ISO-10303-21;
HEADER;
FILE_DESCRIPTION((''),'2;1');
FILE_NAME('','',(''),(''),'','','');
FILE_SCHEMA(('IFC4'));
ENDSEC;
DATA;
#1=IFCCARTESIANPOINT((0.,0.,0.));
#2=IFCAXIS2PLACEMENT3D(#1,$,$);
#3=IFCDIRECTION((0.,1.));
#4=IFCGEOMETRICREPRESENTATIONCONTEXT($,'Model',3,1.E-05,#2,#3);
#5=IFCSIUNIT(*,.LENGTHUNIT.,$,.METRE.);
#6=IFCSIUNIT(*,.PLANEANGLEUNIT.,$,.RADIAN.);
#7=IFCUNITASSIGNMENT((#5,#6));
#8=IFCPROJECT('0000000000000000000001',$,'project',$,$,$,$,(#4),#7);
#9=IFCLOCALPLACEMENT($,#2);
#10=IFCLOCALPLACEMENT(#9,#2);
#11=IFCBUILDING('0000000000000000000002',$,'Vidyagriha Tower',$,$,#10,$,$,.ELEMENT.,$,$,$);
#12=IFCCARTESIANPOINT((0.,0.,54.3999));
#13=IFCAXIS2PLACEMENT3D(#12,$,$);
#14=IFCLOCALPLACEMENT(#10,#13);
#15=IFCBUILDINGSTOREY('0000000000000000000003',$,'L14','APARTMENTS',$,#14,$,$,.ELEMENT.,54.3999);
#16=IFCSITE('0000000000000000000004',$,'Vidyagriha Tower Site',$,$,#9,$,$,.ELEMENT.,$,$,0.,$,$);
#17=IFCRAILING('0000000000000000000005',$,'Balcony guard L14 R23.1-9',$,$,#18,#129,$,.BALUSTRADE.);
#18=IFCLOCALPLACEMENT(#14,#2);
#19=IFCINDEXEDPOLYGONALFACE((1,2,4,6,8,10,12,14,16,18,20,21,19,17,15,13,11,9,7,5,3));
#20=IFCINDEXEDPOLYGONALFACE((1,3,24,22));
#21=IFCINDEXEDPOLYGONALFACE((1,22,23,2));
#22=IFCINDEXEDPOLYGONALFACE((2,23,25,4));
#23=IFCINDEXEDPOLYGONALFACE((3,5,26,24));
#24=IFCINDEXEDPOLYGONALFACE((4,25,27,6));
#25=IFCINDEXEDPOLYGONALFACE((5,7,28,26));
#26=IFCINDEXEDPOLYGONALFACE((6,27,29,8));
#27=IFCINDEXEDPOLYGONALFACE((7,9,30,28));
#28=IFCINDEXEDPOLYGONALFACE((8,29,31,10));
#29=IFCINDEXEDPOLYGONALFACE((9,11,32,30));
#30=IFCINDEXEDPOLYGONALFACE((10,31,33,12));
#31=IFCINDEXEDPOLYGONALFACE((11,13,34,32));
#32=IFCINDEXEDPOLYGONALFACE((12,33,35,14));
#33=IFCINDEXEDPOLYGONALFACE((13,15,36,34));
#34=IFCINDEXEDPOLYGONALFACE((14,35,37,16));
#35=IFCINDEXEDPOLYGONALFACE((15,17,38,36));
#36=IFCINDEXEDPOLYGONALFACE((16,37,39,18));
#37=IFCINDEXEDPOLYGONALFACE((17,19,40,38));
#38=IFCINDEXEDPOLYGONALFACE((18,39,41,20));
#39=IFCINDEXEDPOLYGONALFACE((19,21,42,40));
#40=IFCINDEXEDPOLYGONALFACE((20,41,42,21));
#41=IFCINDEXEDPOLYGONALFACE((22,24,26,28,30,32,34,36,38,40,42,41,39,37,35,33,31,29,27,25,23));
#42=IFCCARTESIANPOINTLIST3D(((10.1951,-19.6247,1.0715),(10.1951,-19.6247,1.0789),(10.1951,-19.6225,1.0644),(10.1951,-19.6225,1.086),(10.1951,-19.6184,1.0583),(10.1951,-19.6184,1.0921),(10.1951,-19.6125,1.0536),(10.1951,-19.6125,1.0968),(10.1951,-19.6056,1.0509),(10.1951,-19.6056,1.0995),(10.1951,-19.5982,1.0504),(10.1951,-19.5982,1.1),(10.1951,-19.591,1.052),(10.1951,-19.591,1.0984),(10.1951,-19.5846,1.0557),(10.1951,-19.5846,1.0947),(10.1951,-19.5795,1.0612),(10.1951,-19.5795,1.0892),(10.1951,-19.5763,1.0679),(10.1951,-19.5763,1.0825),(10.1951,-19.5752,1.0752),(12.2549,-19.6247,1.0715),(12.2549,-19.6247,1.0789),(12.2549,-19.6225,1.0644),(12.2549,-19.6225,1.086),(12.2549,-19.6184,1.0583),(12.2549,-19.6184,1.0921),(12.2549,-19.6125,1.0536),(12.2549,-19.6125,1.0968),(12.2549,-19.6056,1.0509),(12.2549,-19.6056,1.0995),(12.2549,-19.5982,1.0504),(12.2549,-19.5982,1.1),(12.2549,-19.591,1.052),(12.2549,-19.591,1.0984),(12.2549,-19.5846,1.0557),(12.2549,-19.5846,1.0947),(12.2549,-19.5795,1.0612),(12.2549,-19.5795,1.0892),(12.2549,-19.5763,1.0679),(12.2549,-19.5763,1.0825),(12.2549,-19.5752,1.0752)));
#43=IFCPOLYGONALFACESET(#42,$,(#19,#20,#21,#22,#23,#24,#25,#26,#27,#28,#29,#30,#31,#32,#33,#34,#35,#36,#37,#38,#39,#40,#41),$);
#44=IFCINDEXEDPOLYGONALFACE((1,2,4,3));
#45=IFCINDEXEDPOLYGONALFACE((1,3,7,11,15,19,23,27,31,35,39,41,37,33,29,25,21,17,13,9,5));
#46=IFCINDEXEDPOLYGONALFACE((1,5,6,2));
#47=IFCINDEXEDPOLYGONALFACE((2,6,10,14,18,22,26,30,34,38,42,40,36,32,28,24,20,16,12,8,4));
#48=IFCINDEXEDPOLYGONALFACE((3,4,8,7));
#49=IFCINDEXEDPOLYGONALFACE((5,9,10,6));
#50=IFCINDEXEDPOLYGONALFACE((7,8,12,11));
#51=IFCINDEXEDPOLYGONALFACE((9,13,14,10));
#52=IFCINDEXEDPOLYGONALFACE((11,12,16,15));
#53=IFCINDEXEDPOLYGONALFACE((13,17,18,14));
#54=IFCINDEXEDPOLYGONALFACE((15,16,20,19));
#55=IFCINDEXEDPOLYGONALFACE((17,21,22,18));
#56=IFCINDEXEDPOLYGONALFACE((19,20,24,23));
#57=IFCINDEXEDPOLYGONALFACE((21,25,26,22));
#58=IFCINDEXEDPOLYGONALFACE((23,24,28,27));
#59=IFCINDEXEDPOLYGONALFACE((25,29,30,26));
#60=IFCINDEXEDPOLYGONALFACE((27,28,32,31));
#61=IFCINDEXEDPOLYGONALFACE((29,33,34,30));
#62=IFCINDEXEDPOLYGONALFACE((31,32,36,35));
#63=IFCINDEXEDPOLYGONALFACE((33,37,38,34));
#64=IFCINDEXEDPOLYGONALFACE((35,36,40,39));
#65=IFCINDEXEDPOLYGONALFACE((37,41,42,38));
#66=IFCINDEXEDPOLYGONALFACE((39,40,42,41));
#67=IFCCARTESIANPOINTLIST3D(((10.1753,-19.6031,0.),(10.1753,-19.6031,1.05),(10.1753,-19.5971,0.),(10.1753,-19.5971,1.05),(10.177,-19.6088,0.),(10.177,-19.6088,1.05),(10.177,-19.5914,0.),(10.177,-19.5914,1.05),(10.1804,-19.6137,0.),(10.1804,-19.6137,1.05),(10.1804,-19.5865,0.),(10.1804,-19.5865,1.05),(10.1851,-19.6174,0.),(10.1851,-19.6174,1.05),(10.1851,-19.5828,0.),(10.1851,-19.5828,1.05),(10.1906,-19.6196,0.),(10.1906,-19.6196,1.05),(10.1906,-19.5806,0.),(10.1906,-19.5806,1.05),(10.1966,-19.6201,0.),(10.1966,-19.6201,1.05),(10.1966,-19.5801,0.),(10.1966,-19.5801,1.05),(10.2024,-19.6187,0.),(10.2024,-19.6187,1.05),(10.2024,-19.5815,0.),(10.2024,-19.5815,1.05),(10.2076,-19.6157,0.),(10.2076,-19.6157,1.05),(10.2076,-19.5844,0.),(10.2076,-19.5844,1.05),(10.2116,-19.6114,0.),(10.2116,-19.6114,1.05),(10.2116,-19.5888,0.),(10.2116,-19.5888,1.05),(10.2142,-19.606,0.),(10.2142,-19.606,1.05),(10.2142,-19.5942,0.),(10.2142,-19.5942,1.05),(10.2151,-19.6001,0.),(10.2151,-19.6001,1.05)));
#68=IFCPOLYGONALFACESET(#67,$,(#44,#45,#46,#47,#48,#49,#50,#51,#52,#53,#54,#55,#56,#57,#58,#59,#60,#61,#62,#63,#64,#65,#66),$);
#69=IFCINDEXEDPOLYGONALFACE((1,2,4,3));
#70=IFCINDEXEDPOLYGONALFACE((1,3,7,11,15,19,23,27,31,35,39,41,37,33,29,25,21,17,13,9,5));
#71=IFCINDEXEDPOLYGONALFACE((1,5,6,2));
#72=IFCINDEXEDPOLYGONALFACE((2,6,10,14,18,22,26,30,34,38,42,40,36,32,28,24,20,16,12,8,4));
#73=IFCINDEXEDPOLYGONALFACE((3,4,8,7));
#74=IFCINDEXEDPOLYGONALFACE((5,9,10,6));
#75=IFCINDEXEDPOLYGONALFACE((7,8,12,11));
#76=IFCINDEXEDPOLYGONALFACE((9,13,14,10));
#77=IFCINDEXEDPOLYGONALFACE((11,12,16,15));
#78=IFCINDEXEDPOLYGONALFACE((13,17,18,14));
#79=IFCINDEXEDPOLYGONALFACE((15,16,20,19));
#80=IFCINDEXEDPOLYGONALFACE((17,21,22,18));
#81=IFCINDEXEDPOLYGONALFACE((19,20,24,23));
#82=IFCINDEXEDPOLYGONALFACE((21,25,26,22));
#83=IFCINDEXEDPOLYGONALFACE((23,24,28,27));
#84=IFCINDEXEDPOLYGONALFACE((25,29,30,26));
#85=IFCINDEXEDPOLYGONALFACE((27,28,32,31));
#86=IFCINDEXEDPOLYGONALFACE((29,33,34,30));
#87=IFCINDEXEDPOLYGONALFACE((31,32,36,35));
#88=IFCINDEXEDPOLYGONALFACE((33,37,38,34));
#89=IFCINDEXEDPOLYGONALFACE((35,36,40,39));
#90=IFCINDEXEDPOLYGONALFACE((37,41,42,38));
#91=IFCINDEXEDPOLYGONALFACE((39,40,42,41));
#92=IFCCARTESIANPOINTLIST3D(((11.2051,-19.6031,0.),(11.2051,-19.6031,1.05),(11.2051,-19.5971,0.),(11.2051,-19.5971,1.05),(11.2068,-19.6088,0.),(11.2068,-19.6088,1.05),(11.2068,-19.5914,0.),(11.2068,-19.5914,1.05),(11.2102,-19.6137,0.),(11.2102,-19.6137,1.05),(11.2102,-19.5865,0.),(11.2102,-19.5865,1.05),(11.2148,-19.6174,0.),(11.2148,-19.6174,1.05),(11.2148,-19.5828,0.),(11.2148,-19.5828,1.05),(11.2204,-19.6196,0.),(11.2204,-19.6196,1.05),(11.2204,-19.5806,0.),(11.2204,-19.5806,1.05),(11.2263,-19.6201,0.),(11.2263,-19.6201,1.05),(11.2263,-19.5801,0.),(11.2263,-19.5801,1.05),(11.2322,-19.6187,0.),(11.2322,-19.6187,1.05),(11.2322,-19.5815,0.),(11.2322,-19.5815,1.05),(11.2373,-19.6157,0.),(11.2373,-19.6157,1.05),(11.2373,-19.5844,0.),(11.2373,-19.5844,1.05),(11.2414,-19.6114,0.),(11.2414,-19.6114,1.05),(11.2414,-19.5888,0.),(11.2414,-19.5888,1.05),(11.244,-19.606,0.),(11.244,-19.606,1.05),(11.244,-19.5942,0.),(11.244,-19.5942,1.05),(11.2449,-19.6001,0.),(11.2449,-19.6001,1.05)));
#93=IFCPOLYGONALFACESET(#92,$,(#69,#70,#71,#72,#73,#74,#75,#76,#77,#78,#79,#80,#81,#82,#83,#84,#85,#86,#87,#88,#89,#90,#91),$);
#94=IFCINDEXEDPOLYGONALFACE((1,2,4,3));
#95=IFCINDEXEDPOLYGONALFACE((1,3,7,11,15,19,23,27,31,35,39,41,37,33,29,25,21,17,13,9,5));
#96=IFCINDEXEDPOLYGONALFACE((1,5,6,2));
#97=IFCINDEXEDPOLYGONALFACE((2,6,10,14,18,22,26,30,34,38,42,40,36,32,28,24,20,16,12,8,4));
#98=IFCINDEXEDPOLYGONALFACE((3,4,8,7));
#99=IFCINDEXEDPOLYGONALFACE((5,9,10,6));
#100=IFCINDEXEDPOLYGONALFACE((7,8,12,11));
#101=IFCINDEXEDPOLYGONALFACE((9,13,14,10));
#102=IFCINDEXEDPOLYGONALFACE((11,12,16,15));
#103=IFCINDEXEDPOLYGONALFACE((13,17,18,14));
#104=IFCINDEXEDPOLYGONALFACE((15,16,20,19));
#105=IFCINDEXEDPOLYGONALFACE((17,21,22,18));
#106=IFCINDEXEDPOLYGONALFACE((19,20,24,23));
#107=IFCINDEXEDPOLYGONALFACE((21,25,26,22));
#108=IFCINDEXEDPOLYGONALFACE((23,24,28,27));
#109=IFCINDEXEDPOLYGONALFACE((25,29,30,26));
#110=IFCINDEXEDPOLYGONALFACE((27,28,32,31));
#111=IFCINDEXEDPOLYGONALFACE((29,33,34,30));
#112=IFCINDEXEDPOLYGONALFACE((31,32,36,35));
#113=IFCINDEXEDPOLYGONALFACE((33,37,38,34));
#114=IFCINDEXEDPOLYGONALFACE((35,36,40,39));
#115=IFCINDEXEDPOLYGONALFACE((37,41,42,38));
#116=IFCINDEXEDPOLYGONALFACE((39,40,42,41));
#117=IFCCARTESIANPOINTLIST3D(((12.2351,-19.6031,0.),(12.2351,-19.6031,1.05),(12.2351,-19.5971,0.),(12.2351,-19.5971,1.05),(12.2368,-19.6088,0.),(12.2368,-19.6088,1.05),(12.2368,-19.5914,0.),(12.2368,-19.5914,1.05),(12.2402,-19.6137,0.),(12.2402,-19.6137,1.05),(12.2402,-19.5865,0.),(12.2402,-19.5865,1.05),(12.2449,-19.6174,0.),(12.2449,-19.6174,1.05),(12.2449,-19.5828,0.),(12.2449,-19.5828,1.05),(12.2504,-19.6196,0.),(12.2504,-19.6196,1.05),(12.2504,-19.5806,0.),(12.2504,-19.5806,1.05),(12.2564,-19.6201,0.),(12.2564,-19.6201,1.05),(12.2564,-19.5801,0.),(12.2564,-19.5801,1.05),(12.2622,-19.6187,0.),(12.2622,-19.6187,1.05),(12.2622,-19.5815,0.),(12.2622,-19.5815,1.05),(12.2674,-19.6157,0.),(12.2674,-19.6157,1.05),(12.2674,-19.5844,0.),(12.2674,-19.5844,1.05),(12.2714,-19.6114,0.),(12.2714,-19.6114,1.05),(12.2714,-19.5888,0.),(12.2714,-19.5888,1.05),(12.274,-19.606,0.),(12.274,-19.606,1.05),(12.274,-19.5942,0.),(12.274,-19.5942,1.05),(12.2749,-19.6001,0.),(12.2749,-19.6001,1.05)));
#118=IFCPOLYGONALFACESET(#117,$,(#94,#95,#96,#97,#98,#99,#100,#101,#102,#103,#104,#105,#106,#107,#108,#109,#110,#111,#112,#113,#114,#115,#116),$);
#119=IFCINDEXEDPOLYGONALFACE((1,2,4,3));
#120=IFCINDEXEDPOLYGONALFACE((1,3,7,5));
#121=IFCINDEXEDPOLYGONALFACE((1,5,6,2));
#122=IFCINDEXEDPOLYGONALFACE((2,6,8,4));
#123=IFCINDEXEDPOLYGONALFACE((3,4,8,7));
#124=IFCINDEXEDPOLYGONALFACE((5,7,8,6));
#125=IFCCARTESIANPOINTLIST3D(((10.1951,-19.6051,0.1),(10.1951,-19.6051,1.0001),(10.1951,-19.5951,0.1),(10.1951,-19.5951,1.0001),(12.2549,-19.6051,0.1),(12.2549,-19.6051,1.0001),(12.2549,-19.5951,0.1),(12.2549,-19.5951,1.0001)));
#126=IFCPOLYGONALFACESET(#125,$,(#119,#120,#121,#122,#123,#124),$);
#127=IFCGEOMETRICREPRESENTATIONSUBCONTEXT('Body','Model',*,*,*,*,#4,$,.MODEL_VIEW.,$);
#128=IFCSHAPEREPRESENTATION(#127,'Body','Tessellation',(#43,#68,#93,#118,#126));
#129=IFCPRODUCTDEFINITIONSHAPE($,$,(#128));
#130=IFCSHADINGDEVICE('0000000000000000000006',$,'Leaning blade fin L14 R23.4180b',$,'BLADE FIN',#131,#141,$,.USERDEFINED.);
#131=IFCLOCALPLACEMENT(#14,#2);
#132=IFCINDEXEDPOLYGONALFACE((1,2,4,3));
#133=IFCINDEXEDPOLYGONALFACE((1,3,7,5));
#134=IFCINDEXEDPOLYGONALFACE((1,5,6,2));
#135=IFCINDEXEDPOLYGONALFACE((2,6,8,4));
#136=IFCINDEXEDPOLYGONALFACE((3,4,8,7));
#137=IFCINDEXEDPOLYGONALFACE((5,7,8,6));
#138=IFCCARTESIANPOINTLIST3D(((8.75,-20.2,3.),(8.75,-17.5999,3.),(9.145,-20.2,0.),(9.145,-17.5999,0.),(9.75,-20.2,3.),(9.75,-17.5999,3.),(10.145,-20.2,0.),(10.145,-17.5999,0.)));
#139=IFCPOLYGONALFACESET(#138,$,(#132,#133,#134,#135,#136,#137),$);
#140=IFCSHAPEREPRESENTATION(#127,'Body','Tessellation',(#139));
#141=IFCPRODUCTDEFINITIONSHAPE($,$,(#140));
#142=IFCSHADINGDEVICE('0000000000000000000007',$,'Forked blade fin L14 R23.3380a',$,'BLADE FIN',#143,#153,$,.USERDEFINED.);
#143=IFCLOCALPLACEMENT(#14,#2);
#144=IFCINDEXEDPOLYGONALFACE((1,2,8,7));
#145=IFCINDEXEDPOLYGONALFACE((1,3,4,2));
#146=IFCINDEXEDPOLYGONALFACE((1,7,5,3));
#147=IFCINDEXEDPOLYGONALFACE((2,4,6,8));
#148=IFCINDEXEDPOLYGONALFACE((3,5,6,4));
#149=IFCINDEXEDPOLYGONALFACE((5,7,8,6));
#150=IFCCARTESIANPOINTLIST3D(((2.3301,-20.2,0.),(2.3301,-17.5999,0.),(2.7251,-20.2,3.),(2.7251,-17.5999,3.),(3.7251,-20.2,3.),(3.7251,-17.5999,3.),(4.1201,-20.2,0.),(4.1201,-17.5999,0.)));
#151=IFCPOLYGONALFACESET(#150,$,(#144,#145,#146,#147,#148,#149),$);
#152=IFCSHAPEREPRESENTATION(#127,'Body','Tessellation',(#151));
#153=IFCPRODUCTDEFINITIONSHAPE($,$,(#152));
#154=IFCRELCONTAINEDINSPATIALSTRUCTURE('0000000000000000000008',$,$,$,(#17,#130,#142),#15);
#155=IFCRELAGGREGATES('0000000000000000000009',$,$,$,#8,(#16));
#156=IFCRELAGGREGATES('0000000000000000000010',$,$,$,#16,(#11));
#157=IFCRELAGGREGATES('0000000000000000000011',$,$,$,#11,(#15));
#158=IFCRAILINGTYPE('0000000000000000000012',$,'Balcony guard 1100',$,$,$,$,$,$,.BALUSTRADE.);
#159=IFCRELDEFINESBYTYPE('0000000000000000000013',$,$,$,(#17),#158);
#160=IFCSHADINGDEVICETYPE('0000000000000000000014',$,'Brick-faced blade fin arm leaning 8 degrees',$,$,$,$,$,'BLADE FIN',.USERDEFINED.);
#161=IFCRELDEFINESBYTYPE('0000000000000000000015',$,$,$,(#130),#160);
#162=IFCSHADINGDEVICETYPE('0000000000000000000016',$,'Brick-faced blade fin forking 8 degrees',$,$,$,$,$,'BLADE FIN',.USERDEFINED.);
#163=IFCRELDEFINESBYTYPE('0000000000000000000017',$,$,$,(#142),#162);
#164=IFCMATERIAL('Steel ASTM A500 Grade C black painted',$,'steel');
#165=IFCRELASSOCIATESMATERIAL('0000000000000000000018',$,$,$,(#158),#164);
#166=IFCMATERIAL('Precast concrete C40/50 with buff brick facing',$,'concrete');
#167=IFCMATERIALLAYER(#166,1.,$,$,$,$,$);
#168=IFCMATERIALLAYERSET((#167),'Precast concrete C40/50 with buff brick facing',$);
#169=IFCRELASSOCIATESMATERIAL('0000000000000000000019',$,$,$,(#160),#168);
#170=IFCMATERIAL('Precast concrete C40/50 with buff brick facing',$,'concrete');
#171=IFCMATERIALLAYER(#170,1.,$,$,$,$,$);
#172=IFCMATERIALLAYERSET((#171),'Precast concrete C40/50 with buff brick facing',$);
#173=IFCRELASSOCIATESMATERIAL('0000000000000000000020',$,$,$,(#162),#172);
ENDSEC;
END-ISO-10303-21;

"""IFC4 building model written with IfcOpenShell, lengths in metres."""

from ifc_helpers import new_model, si_unit, direction, frame, origin, origin_2d, place, context, subcontext, project, spatial, polyline, rectangle, circle, outline, extrude, material, layer, layer_set, type_object, element, save


model = new_model("IFC4")

# Units and contexts
model_context = context("Model", 3, precision=1e-05, world=origin(), true_north=direction((0.0, 1.0)))
body_context = subcontext(model_context, "Body", "Model", "MODEL_VIEW")
ifc_project = project(units=[si_unit("LENGTHUNIT", "METRE"), si_unit("PLANEANGLEUNIT", "RADIAN")], contexts=[model_context])

# Site, building, storey
site_placement = place(None, origin())
site = spatial("IfcSite", under=ifc_project, at=site_placement, Name="Vidyagriha Tower Site", CompositionType="ELEMENT", RefElevation=0.0)
building_placement = place(site_placement, origin())
building = spatial("IfcBuilding", under=site, at=building_placement, Name="Vidyagriha Tower", CompositionType="ELEMENT")
storey_placement = place(building_placement, frame((0.0, 0.0, 54.3999)))
storey = spatial("IfcBuildingStorey", under=building, at=storey_placement, Name="L14", Description="APARTMENTS", CompositionType="ELEMENT", Elevation=54.3999)

# Railing
ifc_material_1 = material(Name="Steel ASTM A500 Grade C black painted", Category="steel")
railing_type = type_object("IfcRailingType", Name="Balcony guard 1100", PredefinedType="BALUSTRADE", material=ifc_material_1)
railing_1_placement = place(storey_placement, frame((10.1951, -19.6001, 0.0)))
element("IfcRailing", 1, at=railing_1_placement, inside=storey, type_object=railing_type, Name="Balcony guard L14 R23.1-9", PredefinedType="BALUSTRADE", context=body_context, shape_type="SweptSolid", body=[
    extrude(circle(Radius=0.0249, at=origin_2d()), frame((0.0, 0.0, 1.0752), z_axis=(1.0, 0.0, 0.0), x_axis=(0.0, 1.0, 0.0)), (0.0, 0.0, 1.0), 2.0598),
    extrude(circle(Radius=0.02, at=origin_2d()), origin(), (0.0, 0.0, 1.0), 1.05),
    extrude(circle(Radius=0.02, at=origin_2d()), frame((1.0298, 0.0, 0.0)), (0.0, 0.0, 1.0), 1.05),
    extrude(circle(Radius=0.02, at=origin_2d()), frame((2.0598, 0.0, 0.0)), (0.0, 0.0, 1.0), 1.05),
    extrude(rectangle(XDim=0.01, YDim=0.9001, at=origin_2d()), frame((0.0, 0.0, 0.55), z_axis=(1.0, 0.0, 0.0), x_axis=(0.0, 1.0, 0.0)), (0.0, 0.0, 1.0), 2.0598),
])

# Shading devices
ifc_material_2 = material(Name="Precast concrete C40/50 with buff brick facing", Category="concrete")
ifc_layer_1 = layer(ifc_material_2, 1.0)
ifc_layer_set_1 = layer_set([ifc_layer_1], Name="Precast concrete C40/50 with buff brick facing")
shading_device_type_1 = type_object("IfcShadingDeviceType", Name="Brick-faced blade fin arm leaning 8 degrees", ElementType="BLADE FIN", PredefinedType="USERDEFINED", material=ifc_layer_set_1)
shading_device_1_placement = place(storey_placement, frame((8.75, -18.8999, 0.0)))
element("IfcShadingDevice", 2, at=shading_device_1_placement, inside=storey, type_object=shading_device_type_1, Name="Leaning blade fin L14 R23.4180b", ObjectType="BLADE FIN", PredefinedType="USERDEFINED", context=body_context, shape_type="SweptSolid", body=[
    extrude(outline(polyline([(0.395, 0.0), (1.395, 0.0), (1.0, 3.0), (0.0, 3.0), (0.395, 0.0)])), frame((0.0, 1.3, 0.0), z_axis=(0.0, -1.0, 0.0), x_axis=(1.0, 0.0, 0.0)), (0.0, 0.0, 1.0), 2.6001),
])
ifc_material_3 = material(Name="Precast concrete C40/50 with buff brick facing", Category="concrete")
ifc_layer_2 = layer(ifc_material_3, 1.0)
ifc_layer_set_2 = layer_set([ifc_layer_2], Name="Precast concrete C40/50 with buff brick facing")
shading_device_type_2 = type_object("IfcShadingDeviceType", Name="Brick-faced blade fin forking 8 degrees", ElementType="BLADE FIN", PredefinedType="USERDEFINED", material=ifc_layer_set_2)
shading_device_2_placement = place(storey_placement, frame((2.3301, -18.8999, 0.0)))
element("IfcShadingDevice", 3, at=shading_device_2_placement, inside=storey, type_object=shading_device_type_2, Name="Forked blade fin L14 R23.3380a", ObjectType="BLADE FIN", PredefinedType="USERDEFINED", context=body_context, shape_type="SweptSolid", body=[
    extrude(outline(polyline([(0.0, 0.0), (1.79, 0.0), (1.395, 3.0), (0.395, 3.0), (0.0, 0.0)])), frame((0.0, 1.3, 0.0), z_axis=(0.0, -1.0, 0.0), x_axis=(1.0, 0.0, 0.0)), (0.0, 0.0, 1.0), 2.6001),
])

save(model, "model.ifc")
